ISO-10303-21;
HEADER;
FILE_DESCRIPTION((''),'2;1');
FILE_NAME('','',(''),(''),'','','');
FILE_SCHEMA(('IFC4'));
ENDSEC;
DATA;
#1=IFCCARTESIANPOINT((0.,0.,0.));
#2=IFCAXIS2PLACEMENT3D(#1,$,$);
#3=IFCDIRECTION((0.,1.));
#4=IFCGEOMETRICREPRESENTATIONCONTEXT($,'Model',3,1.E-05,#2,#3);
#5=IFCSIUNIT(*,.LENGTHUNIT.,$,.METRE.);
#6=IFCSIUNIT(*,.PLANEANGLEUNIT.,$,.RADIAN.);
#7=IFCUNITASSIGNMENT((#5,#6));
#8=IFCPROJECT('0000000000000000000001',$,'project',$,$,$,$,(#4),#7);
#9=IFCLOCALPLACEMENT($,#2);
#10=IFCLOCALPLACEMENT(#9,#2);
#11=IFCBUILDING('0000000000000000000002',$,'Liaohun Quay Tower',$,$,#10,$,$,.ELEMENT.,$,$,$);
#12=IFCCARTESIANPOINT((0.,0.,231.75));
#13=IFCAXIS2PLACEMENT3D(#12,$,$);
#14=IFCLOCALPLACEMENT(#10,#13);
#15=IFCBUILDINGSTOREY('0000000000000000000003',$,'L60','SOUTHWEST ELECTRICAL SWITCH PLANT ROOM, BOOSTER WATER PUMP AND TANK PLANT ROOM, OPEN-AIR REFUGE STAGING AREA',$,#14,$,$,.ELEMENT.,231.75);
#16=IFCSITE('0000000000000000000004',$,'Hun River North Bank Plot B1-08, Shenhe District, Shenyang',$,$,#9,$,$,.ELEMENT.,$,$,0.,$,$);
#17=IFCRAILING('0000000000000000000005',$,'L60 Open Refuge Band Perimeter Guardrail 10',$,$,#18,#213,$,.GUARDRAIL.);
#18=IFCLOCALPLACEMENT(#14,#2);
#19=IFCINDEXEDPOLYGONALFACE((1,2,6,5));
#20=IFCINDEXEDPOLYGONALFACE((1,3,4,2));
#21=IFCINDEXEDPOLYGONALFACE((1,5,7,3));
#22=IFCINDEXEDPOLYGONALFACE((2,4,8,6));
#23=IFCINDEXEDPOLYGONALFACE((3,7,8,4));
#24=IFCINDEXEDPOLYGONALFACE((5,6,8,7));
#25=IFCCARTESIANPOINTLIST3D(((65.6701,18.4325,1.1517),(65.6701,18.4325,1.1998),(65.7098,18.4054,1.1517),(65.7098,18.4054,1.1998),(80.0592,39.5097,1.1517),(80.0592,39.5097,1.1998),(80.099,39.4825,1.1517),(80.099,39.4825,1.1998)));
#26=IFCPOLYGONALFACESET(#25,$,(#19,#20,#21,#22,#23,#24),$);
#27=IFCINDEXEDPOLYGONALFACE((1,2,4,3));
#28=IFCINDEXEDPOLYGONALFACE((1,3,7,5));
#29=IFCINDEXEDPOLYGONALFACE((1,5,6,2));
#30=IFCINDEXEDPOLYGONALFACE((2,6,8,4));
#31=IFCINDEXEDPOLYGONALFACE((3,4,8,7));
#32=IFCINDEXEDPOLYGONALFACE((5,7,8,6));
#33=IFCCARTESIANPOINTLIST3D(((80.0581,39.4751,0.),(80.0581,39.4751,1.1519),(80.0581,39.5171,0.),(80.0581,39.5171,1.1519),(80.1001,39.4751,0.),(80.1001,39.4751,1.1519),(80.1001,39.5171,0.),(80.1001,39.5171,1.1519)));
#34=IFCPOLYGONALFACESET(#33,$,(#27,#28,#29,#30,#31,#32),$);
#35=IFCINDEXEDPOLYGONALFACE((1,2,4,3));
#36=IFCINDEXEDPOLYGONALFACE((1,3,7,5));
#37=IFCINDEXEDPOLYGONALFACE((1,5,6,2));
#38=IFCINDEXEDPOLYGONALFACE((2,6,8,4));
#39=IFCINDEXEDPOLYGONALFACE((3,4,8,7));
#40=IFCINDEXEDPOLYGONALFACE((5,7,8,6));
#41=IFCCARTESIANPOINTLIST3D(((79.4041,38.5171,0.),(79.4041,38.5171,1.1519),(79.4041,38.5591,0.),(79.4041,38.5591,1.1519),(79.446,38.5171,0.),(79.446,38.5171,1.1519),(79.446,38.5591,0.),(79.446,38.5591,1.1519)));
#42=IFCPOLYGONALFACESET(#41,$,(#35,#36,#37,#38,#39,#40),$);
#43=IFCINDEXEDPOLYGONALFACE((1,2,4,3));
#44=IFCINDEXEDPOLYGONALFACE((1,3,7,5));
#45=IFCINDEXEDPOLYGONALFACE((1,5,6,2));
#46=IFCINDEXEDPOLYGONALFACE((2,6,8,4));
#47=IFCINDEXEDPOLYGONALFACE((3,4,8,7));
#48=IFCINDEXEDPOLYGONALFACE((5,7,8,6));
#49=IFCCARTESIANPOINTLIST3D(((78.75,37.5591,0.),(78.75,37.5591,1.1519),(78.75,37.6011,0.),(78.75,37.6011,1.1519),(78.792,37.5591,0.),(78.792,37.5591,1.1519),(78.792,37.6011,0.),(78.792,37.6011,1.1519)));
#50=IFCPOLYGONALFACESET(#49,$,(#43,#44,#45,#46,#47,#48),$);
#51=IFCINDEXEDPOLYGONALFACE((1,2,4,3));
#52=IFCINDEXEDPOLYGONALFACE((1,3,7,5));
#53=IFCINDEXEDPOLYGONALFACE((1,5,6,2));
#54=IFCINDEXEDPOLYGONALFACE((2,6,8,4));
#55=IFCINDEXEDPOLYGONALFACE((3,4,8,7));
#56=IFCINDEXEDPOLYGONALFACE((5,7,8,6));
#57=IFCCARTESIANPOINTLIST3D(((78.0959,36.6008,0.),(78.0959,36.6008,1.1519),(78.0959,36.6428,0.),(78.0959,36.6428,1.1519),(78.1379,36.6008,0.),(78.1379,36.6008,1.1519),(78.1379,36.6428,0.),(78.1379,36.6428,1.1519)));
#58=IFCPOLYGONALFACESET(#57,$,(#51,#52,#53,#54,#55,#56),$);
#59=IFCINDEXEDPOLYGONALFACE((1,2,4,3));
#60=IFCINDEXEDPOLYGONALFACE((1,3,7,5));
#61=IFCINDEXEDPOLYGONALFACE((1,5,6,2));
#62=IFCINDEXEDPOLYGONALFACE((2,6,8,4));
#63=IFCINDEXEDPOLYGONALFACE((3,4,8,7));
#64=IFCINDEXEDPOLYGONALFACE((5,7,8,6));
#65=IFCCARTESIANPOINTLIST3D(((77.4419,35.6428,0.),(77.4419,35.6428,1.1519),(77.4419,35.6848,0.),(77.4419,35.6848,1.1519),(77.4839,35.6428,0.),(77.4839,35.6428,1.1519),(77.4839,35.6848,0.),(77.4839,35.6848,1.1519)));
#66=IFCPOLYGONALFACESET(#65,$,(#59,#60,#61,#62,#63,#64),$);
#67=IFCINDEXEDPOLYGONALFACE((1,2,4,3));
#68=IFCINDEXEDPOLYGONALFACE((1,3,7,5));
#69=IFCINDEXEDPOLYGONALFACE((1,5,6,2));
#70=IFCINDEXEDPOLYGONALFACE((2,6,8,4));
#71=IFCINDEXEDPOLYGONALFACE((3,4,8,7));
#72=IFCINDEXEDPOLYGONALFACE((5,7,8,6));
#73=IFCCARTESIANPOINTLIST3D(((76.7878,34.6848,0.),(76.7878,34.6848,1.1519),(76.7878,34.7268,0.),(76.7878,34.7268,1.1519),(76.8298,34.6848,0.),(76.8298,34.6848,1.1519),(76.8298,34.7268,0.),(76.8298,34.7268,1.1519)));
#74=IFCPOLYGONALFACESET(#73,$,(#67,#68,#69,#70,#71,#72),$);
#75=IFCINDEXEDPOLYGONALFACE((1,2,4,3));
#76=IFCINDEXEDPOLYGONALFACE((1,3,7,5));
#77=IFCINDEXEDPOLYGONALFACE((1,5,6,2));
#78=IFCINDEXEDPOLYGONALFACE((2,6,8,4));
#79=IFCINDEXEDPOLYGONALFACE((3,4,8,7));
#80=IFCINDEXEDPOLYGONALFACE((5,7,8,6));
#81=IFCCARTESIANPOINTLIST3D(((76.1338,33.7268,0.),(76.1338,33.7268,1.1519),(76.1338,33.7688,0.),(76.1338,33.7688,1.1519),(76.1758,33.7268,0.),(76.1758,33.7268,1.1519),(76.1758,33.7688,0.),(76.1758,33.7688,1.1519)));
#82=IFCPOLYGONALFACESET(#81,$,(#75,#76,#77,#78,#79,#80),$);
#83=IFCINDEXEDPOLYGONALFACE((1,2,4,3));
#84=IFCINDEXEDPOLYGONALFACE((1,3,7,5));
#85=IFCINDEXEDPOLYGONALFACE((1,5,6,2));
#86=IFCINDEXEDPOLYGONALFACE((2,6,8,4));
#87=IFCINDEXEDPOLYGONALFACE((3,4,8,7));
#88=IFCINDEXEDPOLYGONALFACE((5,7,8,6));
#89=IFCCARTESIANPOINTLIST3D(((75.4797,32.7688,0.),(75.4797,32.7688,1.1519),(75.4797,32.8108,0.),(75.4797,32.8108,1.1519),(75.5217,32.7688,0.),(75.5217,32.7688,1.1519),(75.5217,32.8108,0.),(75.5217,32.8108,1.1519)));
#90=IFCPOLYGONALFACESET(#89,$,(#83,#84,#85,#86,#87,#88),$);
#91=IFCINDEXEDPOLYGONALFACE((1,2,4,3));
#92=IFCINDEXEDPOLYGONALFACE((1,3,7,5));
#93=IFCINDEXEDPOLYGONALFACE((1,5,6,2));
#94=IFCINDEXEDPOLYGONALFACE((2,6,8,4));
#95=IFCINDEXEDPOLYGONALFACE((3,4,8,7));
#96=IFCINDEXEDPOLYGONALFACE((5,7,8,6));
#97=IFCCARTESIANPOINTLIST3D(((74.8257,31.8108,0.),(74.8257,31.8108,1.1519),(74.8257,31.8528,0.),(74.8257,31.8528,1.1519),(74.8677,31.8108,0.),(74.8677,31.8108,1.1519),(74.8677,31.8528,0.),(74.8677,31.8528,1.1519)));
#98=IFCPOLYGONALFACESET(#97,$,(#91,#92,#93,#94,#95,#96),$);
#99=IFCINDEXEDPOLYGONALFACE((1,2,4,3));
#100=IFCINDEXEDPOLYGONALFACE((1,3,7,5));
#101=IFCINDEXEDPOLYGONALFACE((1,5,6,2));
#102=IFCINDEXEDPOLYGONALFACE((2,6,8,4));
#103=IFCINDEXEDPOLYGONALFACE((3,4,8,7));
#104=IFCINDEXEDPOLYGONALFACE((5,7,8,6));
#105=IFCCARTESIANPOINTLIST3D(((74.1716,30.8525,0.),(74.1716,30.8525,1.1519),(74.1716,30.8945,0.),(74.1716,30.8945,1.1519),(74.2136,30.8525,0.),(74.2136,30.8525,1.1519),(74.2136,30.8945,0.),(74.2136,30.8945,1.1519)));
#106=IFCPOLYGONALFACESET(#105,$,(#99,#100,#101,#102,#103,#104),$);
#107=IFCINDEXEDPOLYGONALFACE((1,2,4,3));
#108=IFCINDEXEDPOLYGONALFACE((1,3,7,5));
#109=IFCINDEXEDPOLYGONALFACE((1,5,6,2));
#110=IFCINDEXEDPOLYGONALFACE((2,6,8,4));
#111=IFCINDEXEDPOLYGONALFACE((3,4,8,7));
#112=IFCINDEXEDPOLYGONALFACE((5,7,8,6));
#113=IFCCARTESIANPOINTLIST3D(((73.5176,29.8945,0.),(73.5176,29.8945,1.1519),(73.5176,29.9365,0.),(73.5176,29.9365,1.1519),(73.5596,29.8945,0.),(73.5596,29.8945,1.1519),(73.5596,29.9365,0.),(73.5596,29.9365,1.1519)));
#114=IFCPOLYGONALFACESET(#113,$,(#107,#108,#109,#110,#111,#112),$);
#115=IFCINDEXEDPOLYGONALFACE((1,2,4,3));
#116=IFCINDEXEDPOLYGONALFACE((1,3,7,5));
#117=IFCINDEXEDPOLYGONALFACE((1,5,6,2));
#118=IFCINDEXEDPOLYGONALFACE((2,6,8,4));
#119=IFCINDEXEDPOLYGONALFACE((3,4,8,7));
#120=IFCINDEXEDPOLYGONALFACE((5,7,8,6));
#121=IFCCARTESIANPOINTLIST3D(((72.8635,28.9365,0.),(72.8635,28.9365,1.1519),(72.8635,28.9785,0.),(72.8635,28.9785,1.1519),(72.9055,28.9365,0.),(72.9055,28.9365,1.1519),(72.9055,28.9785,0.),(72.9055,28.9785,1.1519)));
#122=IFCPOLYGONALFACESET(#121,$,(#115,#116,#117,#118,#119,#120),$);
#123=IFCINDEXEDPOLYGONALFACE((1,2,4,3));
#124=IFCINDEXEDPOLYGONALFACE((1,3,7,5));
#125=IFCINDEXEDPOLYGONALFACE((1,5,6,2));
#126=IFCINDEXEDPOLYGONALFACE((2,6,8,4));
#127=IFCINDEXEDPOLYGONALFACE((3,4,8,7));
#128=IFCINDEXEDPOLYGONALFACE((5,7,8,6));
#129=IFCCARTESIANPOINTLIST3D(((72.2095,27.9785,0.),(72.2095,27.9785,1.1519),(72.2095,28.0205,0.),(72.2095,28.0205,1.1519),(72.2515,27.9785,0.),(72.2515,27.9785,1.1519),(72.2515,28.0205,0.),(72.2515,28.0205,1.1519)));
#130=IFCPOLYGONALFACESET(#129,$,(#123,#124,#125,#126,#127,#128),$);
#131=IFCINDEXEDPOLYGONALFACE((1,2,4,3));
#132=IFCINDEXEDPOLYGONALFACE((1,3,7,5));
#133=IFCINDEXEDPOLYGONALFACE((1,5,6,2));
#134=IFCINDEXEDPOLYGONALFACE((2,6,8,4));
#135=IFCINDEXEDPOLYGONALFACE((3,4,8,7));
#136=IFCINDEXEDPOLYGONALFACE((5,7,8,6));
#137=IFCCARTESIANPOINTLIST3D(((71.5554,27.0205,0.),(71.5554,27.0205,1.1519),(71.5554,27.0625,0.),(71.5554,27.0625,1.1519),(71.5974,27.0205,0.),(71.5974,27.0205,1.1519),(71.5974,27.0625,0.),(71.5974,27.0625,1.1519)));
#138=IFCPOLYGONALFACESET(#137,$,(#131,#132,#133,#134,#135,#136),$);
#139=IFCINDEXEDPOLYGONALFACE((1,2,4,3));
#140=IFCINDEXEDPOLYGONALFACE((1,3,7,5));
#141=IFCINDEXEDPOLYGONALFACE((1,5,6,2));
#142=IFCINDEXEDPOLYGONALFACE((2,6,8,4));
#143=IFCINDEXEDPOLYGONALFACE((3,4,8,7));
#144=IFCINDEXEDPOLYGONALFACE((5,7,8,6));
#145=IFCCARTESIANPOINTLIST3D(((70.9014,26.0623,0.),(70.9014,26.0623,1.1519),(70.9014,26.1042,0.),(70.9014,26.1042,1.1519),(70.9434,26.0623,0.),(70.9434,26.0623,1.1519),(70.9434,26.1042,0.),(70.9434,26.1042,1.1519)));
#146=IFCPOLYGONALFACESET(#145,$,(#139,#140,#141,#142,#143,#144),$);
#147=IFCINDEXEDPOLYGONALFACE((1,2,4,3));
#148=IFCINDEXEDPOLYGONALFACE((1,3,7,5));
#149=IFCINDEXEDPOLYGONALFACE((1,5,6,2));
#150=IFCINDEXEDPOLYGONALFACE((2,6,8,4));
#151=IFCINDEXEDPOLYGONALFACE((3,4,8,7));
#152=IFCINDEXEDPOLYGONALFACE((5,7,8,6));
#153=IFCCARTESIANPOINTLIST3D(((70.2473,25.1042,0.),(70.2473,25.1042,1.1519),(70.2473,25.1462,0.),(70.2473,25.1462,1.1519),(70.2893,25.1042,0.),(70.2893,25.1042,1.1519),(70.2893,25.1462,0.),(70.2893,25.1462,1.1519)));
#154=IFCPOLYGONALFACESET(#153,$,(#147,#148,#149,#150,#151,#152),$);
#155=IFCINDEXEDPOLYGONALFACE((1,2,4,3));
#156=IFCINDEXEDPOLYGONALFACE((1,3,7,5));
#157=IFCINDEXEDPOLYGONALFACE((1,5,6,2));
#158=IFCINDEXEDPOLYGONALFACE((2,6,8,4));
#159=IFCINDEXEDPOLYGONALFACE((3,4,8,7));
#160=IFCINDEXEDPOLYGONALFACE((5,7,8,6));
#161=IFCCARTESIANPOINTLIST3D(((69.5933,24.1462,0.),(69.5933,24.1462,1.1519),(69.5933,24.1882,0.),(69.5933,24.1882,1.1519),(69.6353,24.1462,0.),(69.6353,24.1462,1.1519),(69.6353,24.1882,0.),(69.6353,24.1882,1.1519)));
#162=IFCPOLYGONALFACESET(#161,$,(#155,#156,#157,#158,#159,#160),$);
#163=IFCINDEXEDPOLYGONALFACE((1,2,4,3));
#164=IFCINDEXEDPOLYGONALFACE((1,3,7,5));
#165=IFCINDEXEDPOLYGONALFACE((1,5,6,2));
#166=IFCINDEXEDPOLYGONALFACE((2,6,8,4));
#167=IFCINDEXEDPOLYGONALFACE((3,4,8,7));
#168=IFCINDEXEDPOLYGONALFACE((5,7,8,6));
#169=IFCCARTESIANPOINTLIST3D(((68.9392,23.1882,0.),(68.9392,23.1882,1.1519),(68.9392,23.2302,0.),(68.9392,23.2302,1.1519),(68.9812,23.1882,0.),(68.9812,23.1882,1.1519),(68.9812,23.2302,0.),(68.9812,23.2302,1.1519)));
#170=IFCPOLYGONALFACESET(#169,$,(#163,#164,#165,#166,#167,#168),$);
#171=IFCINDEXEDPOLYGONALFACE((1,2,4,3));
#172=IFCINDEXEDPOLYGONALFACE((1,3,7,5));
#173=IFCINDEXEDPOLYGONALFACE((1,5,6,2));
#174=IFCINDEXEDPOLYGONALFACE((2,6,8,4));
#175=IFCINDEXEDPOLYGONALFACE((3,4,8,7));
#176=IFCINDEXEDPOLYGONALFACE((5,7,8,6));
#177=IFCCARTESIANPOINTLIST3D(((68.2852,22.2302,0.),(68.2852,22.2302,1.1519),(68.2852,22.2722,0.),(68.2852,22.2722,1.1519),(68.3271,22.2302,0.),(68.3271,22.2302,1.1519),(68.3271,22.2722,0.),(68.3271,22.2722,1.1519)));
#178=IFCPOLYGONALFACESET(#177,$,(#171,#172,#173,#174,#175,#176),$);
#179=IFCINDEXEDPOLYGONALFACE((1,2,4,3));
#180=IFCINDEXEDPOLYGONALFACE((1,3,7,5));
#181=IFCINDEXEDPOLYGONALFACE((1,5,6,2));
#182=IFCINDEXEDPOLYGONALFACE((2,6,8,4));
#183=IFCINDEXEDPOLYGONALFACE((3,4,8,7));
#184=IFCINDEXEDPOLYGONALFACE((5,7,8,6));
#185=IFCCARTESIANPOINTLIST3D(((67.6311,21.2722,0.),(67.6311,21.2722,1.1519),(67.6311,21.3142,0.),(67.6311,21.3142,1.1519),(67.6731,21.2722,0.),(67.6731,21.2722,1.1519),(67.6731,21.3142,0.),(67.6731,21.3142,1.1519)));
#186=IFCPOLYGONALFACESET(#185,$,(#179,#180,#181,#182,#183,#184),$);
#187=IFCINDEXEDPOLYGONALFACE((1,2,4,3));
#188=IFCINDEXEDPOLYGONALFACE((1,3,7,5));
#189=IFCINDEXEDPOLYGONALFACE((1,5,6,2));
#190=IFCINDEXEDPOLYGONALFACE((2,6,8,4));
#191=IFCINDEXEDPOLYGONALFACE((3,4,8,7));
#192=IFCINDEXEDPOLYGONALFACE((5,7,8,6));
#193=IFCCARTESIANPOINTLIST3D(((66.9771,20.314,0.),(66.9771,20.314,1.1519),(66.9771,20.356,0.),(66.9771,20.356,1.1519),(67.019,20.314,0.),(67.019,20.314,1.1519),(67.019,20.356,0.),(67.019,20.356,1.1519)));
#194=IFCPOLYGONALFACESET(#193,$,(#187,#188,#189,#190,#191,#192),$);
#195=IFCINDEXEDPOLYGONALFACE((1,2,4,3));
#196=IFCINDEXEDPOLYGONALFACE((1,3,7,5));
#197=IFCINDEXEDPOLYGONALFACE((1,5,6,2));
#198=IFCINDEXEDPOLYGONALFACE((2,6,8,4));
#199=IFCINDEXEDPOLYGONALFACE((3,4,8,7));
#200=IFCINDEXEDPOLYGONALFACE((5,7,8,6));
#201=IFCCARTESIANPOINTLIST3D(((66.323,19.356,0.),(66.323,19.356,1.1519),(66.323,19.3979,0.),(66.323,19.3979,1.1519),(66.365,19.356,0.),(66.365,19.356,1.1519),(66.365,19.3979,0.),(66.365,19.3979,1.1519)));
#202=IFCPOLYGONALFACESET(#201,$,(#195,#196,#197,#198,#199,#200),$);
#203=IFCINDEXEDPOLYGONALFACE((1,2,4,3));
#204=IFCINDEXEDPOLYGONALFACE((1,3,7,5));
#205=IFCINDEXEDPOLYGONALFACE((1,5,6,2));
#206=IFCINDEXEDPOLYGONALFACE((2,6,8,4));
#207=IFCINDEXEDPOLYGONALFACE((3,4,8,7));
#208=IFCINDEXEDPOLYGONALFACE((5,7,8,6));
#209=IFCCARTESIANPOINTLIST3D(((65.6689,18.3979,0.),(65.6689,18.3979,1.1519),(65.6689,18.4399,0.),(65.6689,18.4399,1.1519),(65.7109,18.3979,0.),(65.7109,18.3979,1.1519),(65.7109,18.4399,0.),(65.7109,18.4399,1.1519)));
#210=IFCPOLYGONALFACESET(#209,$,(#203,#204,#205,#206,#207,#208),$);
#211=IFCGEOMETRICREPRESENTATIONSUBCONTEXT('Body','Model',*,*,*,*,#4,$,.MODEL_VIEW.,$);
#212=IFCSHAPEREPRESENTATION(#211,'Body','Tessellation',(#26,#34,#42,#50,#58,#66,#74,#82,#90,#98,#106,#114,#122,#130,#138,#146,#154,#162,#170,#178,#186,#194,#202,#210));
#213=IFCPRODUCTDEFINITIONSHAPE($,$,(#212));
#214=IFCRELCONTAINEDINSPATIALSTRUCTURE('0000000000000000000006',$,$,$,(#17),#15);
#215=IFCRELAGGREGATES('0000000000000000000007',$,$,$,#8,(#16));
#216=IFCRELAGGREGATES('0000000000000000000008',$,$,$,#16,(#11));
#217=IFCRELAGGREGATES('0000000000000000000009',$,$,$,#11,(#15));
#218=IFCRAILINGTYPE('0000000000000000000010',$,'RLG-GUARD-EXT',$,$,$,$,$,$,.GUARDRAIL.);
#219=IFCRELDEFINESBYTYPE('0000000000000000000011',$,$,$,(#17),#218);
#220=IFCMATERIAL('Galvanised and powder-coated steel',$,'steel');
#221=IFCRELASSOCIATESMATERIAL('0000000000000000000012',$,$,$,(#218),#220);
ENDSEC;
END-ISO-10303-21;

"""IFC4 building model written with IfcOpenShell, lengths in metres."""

from ifc_helpers import new_model, si_unit, direction, frame, origin, origin_2d, place, context, subcontext, project, spatial, rectangle, extrude, material, type_object, element, save


model = new_model("IFC4")

# Units and contexts
model_context = context("Model", 3, precision=1e-05, world=origin(), true_north=direction((0.0, 1.0)))
body_context = subcontext(model_context, "Body", "Model", "MODEL_VIEW")
ifc_project = project(units=[si_unit("LENGTHUNIT", "METRE"), si_unit("PLANEANGLEUNIT", "RADIAN")], contexts=[model_context])

# Site, building, storey
site_placement = place(None, origin())
site = spatial("IfcSite", under=ifc_project, at=site_placement, Name="Hun River North Bank Plot B1-08, Shenhe District, Shenyang", CompositionType="ELEMENT", RefElevation=0.0)
building_placement = place(site_placement, origin())
building = spatial("IfcBuilding", under=site, at=building_placement, Name="Liaohun Quay Tower", CompositionType="ELEMENT")
storey_placement = place(building_placement, frame((0.0, 0.0, 231.75)))
storey = spatial("IfcBuildingStorey", under=building, at=storey_placement, Name="L60", Description="SOUTHWEST ELECTRICAL SWITCH PLANT ROOM, BOOSTER WATER PUMP AND TANK PLANT ROOM, OPEN-AIR REFUGE STAGING AREA", CompositionType="ELEMENT", Elevation=231.75)

# Railing
ifc_material_1 = material(Name="Galvanised and powder-coated steel", Category="steel")
railing_type = type_object("IfcRailingType", Name="RLG-GUARD-EXT", PredefinedType="GUARDRAIL", material=ifc_material_1)
railing_1_placement = place(storey_placement, frame((80.0791, 39.4961, 0.0)))
element("IfcRailing", 1, at=railing_1_placement, inside=storey, type_object=railing_type, Name="L60 Open Refuge Band Perimeter Guardrail 10", PredefinedType="GUARDRAIL", context=body_context, shape_type="SweptSolid", body=[
    extrude(rectangle(XDim=0.0481, YDim=0.0481, at=origin_2d()), frame((0.0, 0.0, 1.1758), z_axis=(-0.563828, -0.825892, 0.0), x_axis=(0.825892, -0.563828, 0.0)), (0.0, 0.0, 1.0), 25.5205),
    extrude(rectangle(XDim=0.042, YDim=0.042, at=origin_2d()), origin(), (0.0, 0.0, 1.0), 1.1519),
    extrude(rectangle(XDim=0.042, YDim=0.042, at=origin_2d()), frame((-0.6541, -0.958, 0.0)), (0.0, 0.0, 1.0), 1.1519),
    extrude(rectangle(XDim=0.042, YDim=0.042, at=origin_2d()), frame((-1.3081, -1.916, 0.0)), (0.0, 0.0, 1.0), 1.1519),
    extrude(rectangle(XDim=0.042, YDim=0.042, at=origin_2d()), frame((-1.9622, -2.8743, 0.0)), (0.0, 0.0, 1.0), 1.1519),
    extrude(rectangle(XDim=0.042, YDim=0.042, at=origin_2d()), frame((-2.6162, -3.8323, 0.0)), (0.0, 0.0, 1.0), 1.1519),
    extrude(rectangle(XDim=0.042, YDim=0.042, at=origin_2d()), frame((-3.2703, -4.7903, 0.0)), (0.0, 0.0, 1.0), 1.1519),
    extrude(rectangle(XDim=0.042, YDim=0.042, at=origin_2d()), frame((-3.9243, -5.7483, 0.0)), (0.0, 0.0, 1.0), 1.1519),
    extrude(rectangle(XDim=0.042, YDim=0.042, at=origin_2d()), frame((-4.5784, -6.7063, 0.0)), (0.0, 0.0, 1.0), 1.1519),
    extrude(rectangle(XDim=0.042, YDim=0.042, at=origin_2d()), frame((-5.2324, -7.6643, 0.0)), (0.0, 0.0, 1.0), 1.1519),
    extrude(rectangle(XDim=0.042, YDim=0.042, at=origin_2d()), frame((-5.8865, -8.6226, 0.0)), (0.0, 0.0, 1.0), 1.1519),
    extrude(rectangle(XDim=0.042, YDim=0.042, at=origin_2d()), frame((-6.5405, -9.5806, 0.0)), (0.0, 0.0, 1.0), 1.1519),
    extrude(rectangle(XDim=0.042, YDim=0.042, at=origin_2d()), frame((-7.1946, -10.5386, 0.0)), (0.0, 0.0, 1.0), 1.1519),
    extrude(rectangle(XDim=0.042, YDim=0.042, at=origin_2d()), frame((-7.8486, -11.4966, 0.0)), (0.0, 0.0, 1.0), 1.1519),
    extrude(rectangle(XDim=0.042, YDim=0.042, at=origin_2d()), frame((-8.5027, -12.4546, 0.0)), (0.0, 0.0, 1.0), 1.1519),
    extrude(rectangle(XDim=0.042, YDim=0.042, at=origin_2d()), frame((-9.1567, -13.4128, 0.0)), (0.0, 0.0, 1.0), 1.1519),
    extrude(rectangle(XDim=0.042, YDim=0.042, at=origin_2d()), frame((-9.8108, -14.3708, 0.0)), (0.0, 0.0, 1.0), 1.1519),
    extrude(rectangle(XDim=0.042, YDim=0.042, at=origin_2d()), frame((-10.4648, -15.3289, 0.0)), (0.0, 0.0, 1.0), 1.1519),
    extrude(rectangle(XDim=0.042, YDim=0.042, at=origin_2d()), frame((-11.1189, -16.2869, 0.0)), (0.0, 0.0, 1.0), 1.1519),
    extrude(rectangle(XDim=0.042, YDim=0.042, at=origin_2d()), frame((-11.7729, -17.2449, 0.0)), (0.0, 0.0, 1.0), 1.1519),
    extrude(rectangle(XDim=0.042, YDim=0.042, at=origin_2d()), frame((-12.427, -18.2029, 0.0)), (0.0, 0.0, 1.0), 1.1519),
    extrude(rectangle(XDim=0.042, YDim=0.042, at=origin_2d()), frame((-13.0811, -19.1611, 0.0)), (0.0, 0.0, 1.0), 1.1519),
    extrude(rectangle(XDim=0.042, YDim=0.042, at=origin_2d()), frame((-13.7351, -20.1191, 0.0)), (0.0, 0.0, 1.0), 1.1519),
    extrude(rectangle(XDim=0.042, YDim=0.042, at=origin_2d()), frame((-14.3892, -21.0771, 0.0)), (0.0, 0.0, 1.0), 1.1519),
])

save(model, "model.ifc")
